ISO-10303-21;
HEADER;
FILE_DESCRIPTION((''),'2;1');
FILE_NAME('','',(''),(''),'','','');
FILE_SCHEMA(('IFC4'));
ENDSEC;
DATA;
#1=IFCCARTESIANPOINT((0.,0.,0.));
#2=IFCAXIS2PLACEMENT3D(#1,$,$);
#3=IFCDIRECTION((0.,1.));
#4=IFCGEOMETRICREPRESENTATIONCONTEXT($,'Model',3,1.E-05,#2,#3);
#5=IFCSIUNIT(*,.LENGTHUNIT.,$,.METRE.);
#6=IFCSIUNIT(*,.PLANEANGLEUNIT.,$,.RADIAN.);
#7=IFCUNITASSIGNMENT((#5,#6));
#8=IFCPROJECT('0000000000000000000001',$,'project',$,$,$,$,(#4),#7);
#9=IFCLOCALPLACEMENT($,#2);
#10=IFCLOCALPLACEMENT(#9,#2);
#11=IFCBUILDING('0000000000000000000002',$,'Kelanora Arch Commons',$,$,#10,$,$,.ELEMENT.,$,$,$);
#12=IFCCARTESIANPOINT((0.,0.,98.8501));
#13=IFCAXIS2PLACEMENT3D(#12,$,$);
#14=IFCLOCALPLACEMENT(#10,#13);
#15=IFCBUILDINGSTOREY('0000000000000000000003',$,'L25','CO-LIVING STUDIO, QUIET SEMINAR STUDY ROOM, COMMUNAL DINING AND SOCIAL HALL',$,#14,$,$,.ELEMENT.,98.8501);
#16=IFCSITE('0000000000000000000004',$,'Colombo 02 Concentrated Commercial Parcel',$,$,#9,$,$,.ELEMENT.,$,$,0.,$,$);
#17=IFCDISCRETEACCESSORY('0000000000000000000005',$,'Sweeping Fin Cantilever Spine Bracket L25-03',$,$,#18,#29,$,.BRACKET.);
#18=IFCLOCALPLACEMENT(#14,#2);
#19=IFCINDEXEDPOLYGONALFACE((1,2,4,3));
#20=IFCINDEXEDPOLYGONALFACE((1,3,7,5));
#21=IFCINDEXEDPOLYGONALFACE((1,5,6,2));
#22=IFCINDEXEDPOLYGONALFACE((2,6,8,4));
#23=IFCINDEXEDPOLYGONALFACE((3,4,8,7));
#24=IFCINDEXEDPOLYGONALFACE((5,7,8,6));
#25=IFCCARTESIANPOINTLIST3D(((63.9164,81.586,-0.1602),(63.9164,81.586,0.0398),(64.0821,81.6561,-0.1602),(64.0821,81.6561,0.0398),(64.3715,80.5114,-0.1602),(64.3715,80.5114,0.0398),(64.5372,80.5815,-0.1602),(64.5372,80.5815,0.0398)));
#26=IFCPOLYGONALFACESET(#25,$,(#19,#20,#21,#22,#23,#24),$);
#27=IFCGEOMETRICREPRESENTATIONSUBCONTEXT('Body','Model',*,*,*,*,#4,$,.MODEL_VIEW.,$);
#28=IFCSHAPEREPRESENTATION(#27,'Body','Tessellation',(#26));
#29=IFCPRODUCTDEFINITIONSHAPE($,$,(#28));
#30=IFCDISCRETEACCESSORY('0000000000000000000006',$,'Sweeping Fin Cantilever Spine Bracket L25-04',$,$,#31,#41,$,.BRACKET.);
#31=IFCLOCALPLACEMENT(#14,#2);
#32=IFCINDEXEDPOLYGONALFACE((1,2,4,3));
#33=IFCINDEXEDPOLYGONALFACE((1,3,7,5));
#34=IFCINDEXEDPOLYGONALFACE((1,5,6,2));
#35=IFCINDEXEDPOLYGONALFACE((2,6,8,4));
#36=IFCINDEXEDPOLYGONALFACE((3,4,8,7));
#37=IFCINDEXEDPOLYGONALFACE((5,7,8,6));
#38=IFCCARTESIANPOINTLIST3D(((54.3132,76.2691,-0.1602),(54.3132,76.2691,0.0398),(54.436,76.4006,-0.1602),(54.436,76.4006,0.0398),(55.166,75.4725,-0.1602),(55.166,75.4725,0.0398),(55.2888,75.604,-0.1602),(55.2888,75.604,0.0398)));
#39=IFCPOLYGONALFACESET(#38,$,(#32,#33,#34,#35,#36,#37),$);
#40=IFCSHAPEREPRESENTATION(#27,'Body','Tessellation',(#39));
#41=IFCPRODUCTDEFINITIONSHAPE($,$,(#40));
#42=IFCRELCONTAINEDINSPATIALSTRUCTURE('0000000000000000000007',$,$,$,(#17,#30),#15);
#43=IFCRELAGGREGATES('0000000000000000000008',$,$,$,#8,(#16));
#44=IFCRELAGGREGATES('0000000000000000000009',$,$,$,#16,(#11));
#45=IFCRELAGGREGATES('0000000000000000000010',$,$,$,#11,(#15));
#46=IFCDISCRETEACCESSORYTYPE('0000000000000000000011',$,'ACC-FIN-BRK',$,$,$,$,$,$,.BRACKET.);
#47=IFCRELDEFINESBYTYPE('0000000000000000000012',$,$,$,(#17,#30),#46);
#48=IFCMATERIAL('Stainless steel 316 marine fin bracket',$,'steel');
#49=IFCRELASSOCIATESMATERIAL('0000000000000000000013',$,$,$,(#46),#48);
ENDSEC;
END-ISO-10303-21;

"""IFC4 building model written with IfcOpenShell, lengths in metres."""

from ifc_helpers import new_model, si_unit, direction, frame, origin, origin_2d, place, context, subcontext, project, spatial, rectangle, extrude, source, transform, mapped, material, type_object, element, save


model = new_model("IFC4")

# Units and contexts
model_context = context("Model", 3, precision=1e-05, world=origin(), true_north=direction((0.0, 1.0)))
body_context = subcontext(model_context, "Body", "Model", "MODEL_VIEW")
ifc_project = project(units=[si_unit("LENGTHUNIT", "METRE"), si_unit("PLANEANGLEUNIT", "RADIAN")], contexts=[model_context])

# Site, building, storey
site_placement = place(None, origin())
site = spatial("IfcSite", under=ifc_project, at=site_placement, Name="Colombo 02 Concentrated Commercial Parcel", CompositionType="ELEMENT", RefElevation=0.0)
building_placement = place(site_placement, origin())
building = spatial("IfcBuilding", under=site, at=building_placement, Name="Kelanora Arch Commons", CompositionType="ELEMENT")
storey_placement = place(building_placement, frame((0.0, 0.0, 98.8501)))
storey = spatial("IfcBuildingStorey", under=building, at=storey_placement, Name="L25", Description="CO-LIVING STUDIO, QUIET SEMINAR STUDY ROOM, COMMUNAL DINING AND SOCIAL HALL", CompositionType="ELEMENT", Elevation=98.8501)

# Discrete accessories
ifc_material_1 = material(Name="Stainless steel 316 marine fin bracket", Category="steel")
discrete_accessory_type = type_object("IfcDiscreteAccessoryType", Name="ACC-FIN-BRK", PredefinedType="BRACKET", material=ifc_material_1)
shared_shape_1 = source(origin(), body_context, "Body", "SweptSolid", [
    extrude(rectangle(XDim=1.167, YDim=0.1799, at=origin_2d()), origin(), (0.0, 0.0, 1.0), 0.2),
])
for number, where, z_axis, x_axis, name in (
    (1, (64.2268, 81.0837, -0.1602), (0.0, 0.0, 1.0), (-0.389928, 0.920845, 0.0), "Sweeping Fin Cantilever Spine Bracket L25-03"),
    (2, (54.801, 75.9365, -0.1602), (0.0, 0.0, 1.0), (-0.730758, 0.682636, 0.0), "Sweeping Fin Cantilever Spine Bracket L25-04"),
):
    element("IfcDiscreteAccessory", number, at=place(storey_placement, frame(where, z_axis=z_axis, x_axis=x_axis)), inside=storey, type_object=discrete_accessory_type, Name=name, PredefinedType="BRACKET", context=body_context, shape_type="MappedRepresentation", body=[
        mapped(shared_shape_1, transform((0.0, 0.0, 0.0), scale=1.0)),
    ])

save(model, "model.ifc")
